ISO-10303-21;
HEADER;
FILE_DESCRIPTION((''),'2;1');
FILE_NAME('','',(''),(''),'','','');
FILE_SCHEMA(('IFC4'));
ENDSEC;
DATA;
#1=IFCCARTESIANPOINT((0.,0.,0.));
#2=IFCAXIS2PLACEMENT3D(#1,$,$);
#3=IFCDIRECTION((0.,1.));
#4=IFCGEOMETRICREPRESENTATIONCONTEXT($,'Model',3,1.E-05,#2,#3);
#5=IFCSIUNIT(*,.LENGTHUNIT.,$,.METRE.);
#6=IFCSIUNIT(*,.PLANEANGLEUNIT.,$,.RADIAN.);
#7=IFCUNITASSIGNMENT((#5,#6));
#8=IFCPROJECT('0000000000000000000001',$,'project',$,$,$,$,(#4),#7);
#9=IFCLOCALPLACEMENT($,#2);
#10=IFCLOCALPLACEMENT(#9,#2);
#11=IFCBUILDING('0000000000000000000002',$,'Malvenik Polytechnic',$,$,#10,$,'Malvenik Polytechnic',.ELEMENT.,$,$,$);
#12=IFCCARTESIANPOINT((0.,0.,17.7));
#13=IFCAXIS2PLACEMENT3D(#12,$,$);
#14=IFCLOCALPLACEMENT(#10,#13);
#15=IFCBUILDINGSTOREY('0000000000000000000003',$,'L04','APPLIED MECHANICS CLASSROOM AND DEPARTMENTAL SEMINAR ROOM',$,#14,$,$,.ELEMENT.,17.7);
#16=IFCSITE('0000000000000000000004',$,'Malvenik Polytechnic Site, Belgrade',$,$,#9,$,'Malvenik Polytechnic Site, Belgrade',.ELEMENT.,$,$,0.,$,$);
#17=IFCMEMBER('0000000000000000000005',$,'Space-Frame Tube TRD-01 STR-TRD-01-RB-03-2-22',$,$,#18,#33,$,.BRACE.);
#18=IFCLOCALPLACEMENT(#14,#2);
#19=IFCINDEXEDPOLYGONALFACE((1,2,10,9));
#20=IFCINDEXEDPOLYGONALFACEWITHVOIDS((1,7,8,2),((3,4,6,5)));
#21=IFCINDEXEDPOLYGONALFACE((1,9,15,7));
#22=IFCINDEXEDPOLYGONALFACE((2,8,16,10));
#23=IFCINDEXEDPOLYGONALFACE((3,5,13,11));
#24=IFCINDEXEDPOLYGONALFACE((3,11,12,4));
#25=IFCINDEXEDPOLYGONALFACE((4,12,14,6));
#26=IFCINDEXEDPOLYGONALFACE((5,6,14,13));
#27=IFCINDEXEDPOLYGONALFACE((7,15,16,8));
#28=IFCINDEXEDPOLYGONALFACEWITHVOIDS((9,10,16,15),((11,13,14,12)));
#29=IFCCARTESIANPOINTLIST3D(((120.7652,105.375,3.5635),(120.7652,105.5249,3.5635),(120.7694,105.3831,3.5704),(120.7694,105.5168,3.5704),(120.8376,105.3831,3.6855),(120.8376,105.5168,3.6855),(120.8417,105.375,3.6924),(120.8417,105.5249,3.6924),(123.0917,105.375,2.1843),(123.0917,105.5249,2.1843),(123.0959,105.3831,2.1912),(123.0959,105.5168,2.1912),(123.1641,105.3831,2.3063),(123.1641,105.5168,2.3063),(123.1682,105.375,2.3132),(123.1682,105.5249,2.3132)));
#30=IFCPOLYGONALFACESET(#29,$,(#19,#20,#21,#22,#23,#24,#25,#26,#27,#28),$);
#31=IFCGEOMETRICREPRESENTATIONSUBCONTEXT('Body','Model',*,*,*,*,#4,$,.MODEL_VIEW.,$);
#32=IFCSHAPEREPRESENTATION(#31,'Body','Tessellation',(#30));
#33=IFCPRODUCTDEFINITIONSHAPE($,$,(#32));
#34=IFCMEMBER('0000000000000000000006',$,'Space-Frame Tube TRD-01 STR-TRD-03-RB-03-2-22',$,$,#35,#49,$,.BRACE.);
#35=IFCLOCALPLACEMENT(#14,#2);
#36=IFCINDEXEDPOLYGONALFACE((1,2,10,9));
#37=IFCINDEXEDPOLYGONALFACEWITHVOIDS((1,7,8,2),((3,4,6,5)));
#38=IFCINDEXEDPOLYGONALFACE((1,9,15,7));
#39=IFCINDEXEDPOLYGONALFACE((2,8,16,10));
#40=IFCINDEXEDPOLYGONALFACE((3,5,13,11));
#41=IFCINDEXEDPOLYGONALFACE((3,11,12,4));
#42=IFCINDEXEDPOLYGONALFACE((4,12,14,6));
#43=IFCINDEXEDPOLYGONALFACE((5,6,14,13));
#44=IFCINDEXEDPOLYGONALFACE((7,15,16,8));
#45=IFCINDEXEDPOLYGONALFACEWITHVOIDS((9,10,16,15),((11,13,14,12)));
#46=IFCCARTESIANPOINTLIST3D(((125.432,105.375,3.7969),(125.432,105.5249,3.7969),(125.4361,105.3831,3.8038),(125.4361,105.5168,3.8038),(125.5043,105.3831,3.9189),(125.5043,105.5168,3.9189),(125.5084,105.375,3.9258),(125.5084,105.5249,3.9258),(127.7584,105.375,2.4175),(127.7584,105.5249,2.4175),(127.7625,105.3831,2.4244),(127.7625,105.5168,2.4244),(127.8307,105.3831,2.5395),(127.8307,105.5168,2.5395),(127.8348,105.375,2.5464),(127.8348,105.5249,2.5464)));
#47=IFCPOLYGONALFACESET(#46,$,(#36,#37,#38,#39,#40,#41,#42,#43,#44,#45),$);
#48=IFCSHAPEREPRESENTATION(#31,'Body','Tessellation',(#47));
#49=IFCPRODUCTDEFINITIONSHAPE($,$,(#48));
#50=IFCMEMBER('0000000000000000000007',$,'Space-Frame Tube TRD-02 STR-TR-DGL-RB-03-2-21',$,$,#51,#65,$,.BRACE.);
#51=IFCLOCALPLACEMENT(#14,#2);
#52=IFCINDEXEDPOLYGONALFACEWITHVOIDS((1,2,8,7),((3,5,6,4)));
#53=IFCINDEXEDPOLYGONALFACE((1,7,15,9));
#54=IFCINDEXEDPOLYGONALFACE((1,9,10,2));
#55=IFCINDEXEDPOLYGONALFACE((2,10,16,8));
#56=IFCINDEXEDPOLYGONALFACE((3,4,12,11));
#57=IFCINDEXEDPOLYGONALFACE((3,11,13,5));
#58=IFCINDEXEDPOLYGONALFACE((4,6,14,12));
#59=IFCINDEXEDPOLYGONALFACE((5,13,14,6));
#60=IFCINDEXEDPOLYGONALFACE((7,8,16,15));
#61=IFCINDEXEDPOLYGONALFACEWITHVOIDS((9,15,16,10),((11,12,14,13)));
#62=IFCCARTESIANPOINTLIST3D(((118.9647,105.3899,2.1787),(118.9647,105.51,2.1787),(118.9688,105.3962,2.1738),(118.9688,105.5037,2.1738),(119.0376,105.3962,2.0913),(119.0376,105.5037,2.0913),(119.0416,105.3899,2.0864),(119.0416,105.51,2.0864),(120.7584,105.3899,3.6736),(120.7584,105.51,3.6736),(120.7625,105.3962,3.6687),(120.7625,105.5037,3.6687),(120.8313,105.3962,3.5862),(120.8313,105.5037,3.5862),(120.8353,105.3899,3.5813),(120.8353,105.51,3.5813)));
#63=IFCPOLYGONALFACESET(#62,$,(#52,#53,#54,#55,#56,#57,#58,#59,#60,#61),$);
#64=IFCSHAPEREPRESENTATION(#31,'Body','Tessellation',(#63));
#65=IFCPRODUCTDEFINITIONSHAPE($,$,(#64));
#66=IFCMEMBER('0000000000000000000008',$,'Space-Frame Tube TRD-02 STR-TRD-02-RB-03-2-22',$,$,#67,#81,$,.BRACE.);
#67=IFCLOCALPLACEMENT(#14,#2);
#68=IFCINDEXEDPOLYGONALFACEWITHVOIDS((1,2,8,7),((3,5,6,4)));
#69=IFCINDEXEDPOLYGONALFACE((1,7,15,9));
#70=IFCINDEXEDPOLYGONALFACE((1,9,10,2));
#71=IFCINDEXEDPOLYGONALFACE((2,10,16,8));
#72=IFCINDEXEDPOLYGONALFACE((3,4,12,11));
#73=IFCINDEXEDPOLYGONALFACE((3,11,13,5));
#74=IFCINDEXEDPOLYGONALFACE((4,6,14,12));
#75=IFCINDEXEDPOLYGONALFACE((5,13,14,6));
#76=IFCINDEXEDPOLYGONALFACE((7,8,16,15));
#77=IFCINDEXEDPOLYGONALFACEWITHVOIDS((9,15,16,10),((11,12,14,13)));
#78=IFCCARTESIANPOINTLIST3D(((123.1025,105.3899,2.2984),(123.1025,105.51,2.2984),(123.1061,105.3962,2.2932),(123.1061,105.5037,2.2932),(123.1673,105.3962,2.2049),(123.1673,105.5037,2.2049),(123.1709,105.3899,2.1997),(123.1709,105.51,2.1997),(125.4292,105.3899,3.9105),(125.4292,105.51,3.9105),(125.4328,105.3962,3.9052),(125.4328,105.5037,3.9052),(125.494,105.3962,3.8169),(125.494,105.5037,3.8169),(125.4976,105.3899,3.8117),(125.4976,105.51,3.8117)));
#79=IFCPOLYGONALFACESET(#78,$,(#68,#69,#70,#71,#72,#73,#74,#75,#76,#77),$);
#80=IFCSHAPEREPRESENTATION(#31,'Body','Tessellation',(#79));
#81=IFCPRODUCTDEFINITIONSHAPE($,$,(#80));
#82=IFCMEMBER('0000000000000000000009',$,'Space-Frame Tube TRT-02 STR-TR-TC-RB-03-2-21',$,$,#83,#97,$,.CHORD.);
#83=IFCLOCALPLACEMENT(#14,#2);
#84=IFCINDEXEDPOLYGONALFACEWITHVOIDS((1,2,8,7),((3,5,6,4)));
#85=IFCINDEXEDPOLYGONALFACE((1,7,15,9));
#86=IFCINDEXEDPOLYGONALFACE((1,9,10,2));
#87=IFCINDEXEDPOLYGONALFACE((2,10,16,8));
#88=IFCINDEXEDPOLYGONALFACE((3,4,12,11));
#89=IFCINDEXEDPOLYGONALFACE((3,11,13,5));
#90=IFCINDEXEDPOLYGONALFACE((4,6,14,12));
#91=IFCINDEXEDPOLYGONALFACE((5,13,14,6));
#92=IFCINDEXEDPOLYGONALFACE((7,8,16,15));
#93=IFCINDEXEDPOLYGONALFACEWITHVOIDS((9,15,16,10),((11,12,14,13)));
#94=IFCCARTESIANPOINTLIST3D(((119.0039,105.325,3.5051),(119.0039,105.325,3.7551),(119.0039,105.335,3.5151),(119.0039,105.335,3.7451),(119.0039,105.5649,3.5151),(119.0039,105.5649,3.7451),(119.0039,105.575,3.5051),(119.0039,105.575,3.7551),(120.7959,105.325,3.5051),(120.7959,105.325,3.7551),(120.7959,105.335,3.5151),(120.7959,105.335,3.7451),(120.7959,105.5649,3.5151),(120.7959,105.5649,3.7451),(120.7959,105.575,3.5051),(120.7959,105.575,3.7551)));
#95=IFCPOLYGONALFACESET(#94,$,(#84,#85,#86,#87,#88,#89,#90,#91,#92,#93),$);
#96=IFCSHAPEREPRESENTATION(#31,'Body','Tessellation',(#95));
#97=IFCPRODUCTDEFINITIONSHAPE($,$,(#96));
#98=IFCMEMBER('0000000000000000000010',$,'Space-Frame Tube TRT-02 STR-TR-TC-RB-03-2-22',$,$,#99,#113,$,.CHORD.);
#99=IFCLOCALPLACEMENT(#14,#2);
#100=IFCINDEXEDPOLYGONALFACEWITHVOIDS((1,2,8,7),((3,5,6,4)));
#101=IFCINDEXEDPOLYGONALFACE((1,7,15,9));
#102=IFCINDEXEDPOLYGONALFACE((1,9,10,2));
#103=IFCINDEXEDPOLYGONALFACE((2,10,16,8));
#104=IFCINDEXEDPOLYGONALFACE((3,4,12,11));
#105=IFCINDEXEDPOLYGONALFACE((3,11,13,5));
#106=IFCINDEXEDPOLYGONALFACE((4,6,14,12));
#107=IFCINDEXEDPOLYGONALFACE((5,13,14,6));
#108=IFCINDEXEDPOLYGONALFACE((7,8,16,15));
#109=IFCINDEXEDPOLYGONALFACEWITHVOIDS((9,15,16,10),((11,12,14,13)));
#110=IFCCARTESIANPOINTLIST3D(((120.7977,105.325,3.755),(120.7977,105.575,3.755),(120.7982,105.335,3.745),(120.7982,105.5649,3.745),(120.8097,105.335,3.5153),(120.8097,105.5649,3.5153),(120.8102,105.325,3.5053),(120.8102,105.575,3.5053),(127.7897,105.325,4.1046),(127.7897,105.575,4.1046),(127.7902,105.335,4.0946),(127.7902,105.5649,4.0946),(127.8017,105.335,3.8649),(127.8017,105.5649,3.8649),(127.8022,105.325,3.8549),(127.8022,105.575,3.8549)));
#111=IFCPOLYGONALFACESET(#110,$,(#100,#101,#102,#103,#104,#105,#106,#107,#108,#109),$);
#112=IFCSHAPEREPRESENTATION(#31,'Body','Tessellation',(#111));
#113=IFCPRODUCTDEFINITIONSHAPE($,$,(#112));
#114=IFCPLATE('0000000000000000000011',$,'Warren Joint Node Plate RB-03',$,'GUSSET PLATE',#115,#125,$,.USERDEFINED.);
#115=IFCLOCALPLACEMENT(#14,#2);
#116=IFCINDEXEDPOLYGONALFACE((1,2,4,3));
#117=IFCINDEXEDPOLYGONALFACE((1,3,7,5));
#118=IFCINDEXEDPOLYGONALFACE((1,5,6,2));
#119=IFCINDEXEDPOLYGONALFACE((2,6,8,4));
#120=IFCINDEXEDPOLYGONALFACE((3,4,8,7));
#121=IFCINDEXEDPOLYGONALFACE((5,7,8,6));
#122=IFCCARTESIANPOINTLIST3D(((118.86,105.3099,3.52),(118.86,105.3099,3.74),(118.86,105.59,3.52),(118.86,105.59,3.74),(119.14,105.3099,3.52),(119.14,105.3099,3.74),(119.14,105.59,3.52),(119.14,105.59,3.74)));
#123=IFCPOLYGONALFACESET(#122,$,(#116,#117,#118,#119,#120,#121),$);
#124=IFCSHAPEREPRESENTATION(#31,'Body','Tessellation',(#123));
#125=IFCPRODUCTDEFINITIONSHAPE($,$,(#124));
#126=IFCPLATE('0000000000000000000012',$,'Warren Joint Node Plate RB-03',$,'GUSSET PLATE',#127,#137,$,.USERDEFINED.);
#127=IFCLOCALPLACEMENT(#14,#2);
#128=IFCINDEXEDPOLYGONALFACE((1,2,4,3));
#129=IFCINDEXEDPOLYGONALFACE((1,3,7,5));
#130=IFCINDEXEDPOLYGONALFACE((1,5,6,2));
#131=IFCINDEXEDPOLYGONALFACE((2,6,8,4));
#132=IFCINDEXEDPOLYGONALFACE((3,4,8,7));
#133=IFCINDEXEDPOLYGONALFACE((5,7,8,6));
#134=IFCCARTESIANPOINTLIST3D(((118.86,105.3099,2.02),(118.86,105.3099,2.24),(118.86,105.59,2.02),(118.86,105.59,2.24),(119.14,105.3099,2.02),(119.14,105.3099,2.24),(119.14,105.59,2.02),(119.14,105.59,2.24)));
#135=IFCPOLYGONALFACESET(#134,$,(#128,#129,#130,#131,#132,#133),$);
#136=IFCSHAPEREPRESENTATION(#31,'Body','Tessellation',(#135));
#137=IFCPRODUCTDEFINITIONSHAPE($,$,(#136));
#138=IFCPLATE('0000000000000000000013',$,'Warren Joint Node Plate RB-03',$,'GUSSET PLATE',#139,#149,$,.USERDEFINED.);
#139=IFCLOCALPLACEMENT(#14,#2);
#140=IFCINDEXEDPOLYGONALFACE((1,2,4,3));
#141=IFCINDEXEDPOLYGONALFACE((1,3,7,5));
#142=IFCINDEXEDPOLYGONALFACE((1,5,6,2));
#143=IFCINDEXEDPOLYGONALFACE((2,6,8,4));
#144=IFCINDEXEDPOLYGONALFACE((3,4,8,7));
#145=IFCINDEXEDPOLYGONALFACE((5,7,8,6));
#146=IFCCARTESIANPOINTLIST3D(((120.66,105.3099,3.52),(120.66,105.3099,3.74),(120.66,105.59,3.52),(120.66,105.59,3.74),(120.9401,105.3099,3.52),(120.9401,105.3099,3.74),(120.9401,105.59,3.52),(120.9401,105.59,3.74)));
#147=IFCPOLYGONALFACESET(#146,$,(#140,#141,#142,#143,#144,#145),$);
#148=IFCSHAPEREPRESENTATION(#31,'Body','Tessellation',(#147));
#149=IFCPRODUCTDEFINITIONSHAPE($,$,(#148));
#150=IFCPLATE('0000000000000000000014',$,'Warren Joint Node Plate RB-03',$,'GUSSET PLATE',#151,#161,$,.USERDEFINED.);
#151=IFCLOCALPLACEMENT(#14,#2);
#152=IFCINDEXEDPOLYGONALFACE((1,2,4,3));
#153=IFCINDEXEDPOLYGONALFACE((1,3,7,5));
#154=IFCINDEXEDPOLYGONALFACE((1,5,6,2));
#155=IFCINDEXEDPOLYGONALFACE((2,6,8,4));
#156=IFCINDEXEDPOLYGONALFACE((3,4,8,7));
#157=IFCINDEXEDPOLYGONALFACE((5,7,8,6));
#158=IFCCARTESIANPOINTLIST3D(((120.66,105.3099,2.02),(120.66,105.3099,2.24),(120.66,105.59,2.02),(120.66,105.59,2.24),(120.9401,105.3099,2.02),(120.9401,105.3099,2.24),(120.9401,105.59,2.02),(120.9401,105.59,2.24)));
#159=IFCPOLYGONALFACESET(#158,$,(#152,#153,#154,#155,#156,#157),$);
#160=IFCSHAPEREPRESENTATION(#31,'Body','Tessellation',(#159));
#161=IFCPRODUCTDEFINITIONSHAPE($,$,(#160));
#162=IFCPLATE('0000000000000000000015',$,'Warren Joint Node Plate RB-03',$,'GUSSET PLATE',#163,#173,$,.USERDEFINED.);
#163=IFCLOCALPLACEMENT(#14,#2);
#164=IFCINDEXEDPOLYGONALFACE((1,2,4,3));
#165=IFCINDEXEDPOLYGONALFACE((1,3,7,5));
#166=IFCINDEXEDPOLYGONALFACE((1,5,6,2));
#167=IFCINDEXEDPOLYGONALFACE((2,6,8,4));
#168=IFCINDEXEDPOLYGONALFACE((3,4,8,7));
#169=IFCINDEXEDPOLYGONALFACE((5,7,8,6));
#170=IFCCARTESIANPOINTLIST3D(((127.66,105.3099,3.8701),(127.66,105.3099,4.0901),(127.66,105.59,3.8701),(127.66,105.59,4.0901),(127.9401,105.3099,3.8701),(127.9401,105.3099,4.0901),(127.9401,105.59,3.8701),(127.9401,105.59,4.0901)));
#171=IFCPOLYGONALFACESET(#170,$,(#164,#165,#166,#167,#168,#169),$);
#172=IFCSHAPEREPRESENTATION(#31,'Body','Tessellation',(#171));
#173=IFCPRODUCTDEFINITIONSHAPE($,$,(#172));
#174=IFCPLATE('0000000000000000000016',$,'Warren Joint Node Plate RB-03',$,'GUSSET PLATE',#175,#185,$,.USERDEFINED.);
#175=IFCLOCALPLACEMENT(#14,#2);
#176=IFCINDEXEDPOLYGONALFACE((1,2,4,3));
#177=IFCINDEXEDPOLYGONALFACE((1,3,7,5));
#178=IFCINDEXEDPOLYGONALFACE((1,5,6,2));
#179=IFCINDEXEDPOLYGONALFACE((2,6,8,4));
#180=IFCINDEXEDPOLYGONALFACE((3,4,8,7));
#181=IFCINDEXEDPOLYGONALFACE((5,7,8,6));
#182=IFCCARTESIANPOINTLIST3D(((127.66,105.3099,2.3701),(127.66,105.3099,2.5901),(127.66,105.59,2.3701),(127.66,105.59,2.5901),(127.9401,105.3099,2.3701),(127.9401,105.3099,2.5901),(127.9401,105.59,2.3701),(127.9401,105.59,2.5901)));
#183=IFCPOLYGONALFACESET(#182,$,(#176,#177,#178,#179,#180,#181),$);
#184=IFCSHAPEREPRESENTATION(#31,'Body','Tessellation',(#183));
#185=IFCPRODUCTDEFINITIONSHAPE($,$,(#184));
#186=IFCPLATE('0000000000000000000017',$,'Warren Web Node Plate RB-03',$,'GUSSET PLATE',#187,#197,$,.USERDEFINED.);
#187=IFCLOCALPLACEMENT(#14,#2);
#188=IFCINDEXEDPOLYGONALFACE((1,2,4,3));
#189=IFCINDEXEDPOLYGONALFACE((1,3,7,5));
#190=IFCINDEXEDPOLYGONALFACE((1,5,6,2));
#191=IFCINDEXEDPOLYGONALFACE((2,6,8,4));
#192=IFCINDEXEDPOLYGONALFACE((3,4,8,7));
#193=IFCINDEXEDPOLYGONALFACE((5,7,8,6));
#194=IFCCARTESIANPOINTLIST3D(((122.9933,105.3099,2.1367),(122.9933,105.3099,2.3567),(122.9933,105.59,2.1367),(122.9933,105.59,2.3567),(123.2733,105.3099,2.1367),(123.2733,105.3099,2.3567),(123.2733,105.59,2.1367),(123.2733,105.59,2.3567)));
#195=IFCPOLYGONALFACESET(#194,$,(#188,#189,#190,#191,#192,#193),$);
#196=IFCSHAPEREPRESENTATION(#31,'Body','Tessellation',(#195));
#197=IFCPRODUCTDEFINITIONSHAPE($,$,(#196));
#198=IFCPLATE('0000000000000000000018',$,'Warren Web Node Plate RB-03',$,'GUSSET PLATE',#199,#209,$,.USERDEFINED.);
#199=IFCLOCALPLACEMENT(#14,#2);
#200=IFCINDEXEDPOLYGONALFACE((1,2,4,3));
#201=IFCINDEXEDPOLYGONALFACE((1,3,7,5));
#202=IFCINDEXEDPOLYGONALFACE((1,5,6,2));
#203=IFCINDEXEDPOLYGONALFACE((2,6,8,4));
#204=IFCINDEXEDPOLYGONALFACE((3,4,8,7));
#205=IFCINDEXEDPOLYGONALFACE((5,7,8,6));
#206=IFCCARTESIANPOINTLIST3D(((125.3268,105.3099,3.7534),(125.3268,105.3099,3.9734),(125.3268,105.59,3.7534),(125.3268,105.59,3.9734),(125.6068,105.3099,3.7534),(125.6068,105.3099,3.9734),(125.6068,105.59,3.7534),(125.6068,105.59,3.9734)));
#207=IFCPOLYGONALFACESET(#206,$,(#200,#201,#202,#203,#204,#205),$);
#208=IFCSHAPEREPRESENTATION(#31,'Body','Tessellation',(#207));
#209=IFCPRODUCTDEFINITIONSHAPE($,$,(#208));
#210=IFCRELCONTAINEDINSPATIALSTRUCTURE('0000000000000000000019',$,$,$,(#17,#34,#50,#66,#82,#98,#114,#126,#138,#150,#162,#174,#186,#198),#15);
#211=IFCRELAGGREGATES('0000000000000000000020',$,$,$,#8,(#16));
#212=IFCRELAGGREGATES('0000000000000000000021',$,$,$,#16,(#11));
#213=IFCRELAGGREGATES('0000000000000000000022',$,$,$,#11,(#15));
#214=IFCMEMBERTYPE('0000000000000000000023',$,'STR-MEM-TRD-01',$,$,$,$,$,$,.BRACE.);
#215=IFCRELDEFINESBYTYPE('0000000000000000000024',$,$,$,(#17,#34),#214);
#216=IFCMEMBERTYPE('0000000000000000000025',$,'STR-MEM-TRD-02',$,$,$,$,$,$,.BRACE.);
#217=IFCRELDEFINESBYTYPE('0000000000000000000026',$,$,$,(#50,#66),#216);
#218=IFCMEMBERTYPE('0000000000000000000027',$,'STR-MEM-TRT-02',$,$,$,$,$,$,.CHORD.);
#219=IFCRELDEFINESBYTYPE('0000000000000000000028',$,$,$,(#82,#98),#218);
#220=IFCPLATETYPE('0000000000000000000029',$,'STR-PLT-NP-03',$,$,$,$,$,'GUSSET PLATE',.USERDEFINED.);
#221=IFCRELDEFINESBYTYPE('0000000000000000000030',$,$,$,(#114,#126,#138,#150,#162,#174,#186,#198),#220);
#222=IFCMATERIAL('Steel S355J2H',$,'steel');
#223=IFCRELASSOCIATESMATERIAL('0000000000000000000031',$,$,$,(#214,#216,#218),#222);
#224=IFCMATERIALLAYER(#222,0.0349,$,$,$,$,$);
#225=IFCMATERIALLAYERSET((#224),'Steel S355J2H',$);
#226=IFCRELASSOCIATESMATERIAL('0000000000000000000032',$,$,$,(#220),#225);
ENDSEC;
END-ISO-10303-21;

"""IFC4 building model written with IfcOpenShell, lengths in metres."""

from ifc_helpers import new_model, si_unit, direction, frame, origin, origin_2d, place, context, subcontext, project, spatial, rectangle, hollow_rectangle, extrude, material, layer, layer_set, material_profile, profile_set, type_object, element, save


model = new_model("IFC4")

# Units and contexts
model_context = context("Model", 3, precision=1e-05, world=origin(), true_north=direction((0.0, 1.0)))
body_context = subcontext(model_context, "Body", "Model", "MODEL_VIEW")
ifc_project = project(units=[si_unit("LENGTHUNIT", "METRE"), si_unit("PLANEANGLEUNIT", "RADIAN")], contexts=[model_context])

# Site, building, storey
site_placement = place(None, origin())
site = spatial("IfcSite", under=ifc_project, at=site_placement, Name="Malvenik Polytechnic Site, Belgrade", LongName="Malvenik Polytechnic Site, Belgrade", CompositionType="ELEMENT", RefElevation=0.0)
building_placement = place(site_placement, origin())
building = spatial("IfcBuilding", under=site, at=building_placement, Name="Malvenik Polytechnic", LongName="Malvenik Polytechnic", CompositionType="ELEMENT")
storey_placement = place(building_placement, frame((0.0, 0.0, 17.7)))
storey = spatial("IfcBuildingStorey", under=building, at=storey_placement, Name="L04", Description="APPLIED MECHANICS CLASSROOM AND DEPARTMENTAL SEMINAR ROOM", CompositionType="ELEMENT", Elevation=17.7)

# Shared definitions
ifc_material_1 = material(Name="Steel S355J2H", Category="steel")

# Members
ifc_material_profile_1 = material_profile(ifc_material_1, hollow_rectangle(XDim=0.1499, YDim=0.1499, WallThickness=0.0081, at=origin_2d()), Name="SHS 150x150x8.0")
ifc_profile_set_1 = profile_set([ifc_material_profile_1], Name="Steel S355J2H")
member_type_1 = type_object("IfcMemberType", Name="STR-MEM-TRD-01", PredefinedType="BRACE", material=ifc_profile_set_1)
for number, where, z_axis, x_axis, name in (
    (1, (120.8035, 105.45, 3.6279), (0.860205, 0.0, -0.509948), (0.0, 1.0, 0.0), "Space-Frame Tube TRD-01 STR-TRD-01-RB-03-2-22"),
    (2, (125.4702, 105.45, 3.8613), (0.860165, 0.0, -0.510015), (0.0, 1.0, 0.0), "Space-Frame Tube TRD-01 STR-TRD-03-RB-03-2-22"),
):
    element("IfcMember", number, at=place(storey_placement, frame(where, z_axis=z_axis, x_axis=x_axis)), inside=storey, type_object=member_type_1, Name=name, PredefinedType="BRACE", context=body_context, shape_type="SweptSolid", body=[
        extrude(hollow_rectangle(XDim=0.1499, YDim=0.1499, WallThickness=0.0081, at=origin_2d()), origin(), (0.0, 0.0, 1.0), 2.7046),
    ])
ifc_material_profile_2 = material_profile(ifc_material_1, hollow_rectangle(XDim=0.1201, YDim=0.1201, WallThickness=0.0063, at=origin_2d()), Name="SHS 120x120x6.3")
ifc_profile_set_2 = profile_set([ifc_material_profile_2], Name="Steel S355J2H")
member_type_2 = type_object("IfcMemberType", Name="STR-MEM-TRD-02", PredefinedType="BRACE", material=ifc_profile_set_2)
member_1_placement = place(storey_placement, frame((119.0032, 105.45, 2.1326), z_axis=(0.768196, 0.0, 0.640215), x_axis=(0.0, 1.0, 0.0)))
element("IfcMember", 3, at=member_1_placement, inside=storey, type_object=member_type_2, Name="Space-Frame Tube TRD-02 STR-TR-DGL-RB-03-2-21", PredefinedType="BRACE", context=body_context, shape_type="SweptSolid", body=[
    extrude(hollow_rectangle(XDim=0.1201, YDim=0.1201, WallThickness=0.0063, at=origin_2d()), origin(), (0.0, 0.0, 1.0), 2.335),
])
member_2_placement = place(storey_placement, frame((123.1367, 105.45, 2.249), z_axis=(0.821978, 0.0, 0.569519), x_axis=(0.0, 1.0, 0.0)))
element("IfcMember", 4, at=member_2_placement, inside=storey, type_object=member_type_2, Name="Space-Frame Tube TRD-02 STR-TRD-02-RB-03-2-22", PredefinedType="BRACE", context=body_context, shape_type="SweptSolid", body=[
    extrude(hollow_rectangle(XDim=0.1201, YDim=0.1201, WallThickness=0.0063, at=origin_2d()), origin(), (0.0, 0.0, 1.0), 2.8306),
])
ifc_material_profile_3 = material_profile(ifc_material_1, hollow_rectangle(XDim=0.25, YDim=0.25, WallThickness=0.01, at=origin_2d()), Name="SHS 250x250x10.0")
ifc_profile_set_3 = profile_set([ifc_material_profile_3], Name="Steel S355J2H")
member_type_3 = type_object("IfcMemberType", Name="STR-MEM-TRT-02", PredefinedType="CHORD", material=ifc_profile_set_3)
member_3_placement = place(storey_placement, frame((119.0039, 105.45, 3.6301), z_axis=(1.0, 0.0, 0.0), x_axis=(0.0, 1.0, 0.0)))
element("IfcMember", 5, at=member_3_placement, inside=storey, type_object=member_type_3, Name="Space-Frame Tube TRT-02 STR-TR-TC-RB-03-2-21", PredefinedType="CHORD", context=body_context, shape_type="SweptSolid", body=[
    extrude(hollow_rectangle(XDim=0.25, YDim=0.25, WallThickness=0.01, at=origin_2d()), origin(), (0.0, 0.0, 1.0), 1.792),
])
member_4_placement = place(storey_placement, frame((120.804, 105.45, 3.6301), z_axis=(0.998752, 0.0, 0.049939), x_axis=(0.0, 1.0, 0.0)))
element("IfcMember", 6, at=member_4_placement, inside=storey, type_object=member_type_3, Name="Space-Frame Tube TRT-02 STR-TR-TC-RB-03-2-22", PredefinedType="CHORD", context=body_context, shape_type="SweptSolid", body=[
    extrude(hollow_rectangle(XDim=0.25, YDim=0.25, WallThickness=0.01, at=origin_2d()), origin(), (0.0, 0.0, 1.0), 7.0007),
])

# Plates
ifc_layer_1 = layer(ifc_material_1, 0.0349)
ifc_layer_set_1 = layer_set([ifc_layer_1], Name="Steel S355J2H")
plate_type = type_object("IfcPlateType", Name="STR-PLT-NP-03", ElementType="GUSSET PLATE", PredefinedType="USERDEFINED", material=ifc_layer_set_1)
for number, where, z_axis, x_axis, name in (
    (7, (119.0, 105.45, 3.52), (0.0, 0.0, 1.0), (1.0, 0.0, 0.0), "Warren Joint Node Plate RB-03"),
    (8, (119.0, 105.45, 2.02), (0.0, 0.0, 1.0), (1.0, 0.0, 0.0), "Warren Joint Node Plate RB-03"),
    (9, (120.8, 105.45, 3.52), (0.0, 0.0, 1.0), (1.0, 0.0, 0.0), "Warren Joint Node Plate RB-03"),
    (10, (120.8, 105.45, 2.02), (0.0, 0.0, 1.0), (1.0, 0.0, 0.0), "Warren Joint Node Plate RB-03"),
    (11, (127.8, 105.45, 3.8701), (0.0, 0.0, 1.0), (1.0, 0.0, 0.0), "Warren Joint Node Plate RB-03"),
    (12, (127.8, 105.45, 2.3701), (0.0, 0.0, 1.0), (1.0, 0.0, 0.0), "Warren Joint Node Plate RB-03"),
    (13, (123.1333, 105.45, 2.1367), (0.0, 0.0, 1.0), (1.0, 0.0, 0.0), "Warren Web Node Plate RB-03"),
    (14, (125.4668, 105.45, 3.7534), (0.0, 0.0, 1.0), (1.0, 0.0, 0.0), "Warren Web Node Plate RB-03"),
):
    element("IfcPlate", number, at=place(storey_placement, frame(where, z_axis=z_axis, x_axis=x_axis)), inside=storey, type_object=plate_type, Name=name, ObjectType="GUSSET PLATE", PredefinedType="USERDEFINED", context=body_context, shape_type="SweptSolid", body=[
        extrude(rectangle(XDim=0.28, YDim=0.28, at=origin_2d()), origin(), (0.0, 0.0, 1.0), 0.22),
    ])

save(model, "model.ifc")
